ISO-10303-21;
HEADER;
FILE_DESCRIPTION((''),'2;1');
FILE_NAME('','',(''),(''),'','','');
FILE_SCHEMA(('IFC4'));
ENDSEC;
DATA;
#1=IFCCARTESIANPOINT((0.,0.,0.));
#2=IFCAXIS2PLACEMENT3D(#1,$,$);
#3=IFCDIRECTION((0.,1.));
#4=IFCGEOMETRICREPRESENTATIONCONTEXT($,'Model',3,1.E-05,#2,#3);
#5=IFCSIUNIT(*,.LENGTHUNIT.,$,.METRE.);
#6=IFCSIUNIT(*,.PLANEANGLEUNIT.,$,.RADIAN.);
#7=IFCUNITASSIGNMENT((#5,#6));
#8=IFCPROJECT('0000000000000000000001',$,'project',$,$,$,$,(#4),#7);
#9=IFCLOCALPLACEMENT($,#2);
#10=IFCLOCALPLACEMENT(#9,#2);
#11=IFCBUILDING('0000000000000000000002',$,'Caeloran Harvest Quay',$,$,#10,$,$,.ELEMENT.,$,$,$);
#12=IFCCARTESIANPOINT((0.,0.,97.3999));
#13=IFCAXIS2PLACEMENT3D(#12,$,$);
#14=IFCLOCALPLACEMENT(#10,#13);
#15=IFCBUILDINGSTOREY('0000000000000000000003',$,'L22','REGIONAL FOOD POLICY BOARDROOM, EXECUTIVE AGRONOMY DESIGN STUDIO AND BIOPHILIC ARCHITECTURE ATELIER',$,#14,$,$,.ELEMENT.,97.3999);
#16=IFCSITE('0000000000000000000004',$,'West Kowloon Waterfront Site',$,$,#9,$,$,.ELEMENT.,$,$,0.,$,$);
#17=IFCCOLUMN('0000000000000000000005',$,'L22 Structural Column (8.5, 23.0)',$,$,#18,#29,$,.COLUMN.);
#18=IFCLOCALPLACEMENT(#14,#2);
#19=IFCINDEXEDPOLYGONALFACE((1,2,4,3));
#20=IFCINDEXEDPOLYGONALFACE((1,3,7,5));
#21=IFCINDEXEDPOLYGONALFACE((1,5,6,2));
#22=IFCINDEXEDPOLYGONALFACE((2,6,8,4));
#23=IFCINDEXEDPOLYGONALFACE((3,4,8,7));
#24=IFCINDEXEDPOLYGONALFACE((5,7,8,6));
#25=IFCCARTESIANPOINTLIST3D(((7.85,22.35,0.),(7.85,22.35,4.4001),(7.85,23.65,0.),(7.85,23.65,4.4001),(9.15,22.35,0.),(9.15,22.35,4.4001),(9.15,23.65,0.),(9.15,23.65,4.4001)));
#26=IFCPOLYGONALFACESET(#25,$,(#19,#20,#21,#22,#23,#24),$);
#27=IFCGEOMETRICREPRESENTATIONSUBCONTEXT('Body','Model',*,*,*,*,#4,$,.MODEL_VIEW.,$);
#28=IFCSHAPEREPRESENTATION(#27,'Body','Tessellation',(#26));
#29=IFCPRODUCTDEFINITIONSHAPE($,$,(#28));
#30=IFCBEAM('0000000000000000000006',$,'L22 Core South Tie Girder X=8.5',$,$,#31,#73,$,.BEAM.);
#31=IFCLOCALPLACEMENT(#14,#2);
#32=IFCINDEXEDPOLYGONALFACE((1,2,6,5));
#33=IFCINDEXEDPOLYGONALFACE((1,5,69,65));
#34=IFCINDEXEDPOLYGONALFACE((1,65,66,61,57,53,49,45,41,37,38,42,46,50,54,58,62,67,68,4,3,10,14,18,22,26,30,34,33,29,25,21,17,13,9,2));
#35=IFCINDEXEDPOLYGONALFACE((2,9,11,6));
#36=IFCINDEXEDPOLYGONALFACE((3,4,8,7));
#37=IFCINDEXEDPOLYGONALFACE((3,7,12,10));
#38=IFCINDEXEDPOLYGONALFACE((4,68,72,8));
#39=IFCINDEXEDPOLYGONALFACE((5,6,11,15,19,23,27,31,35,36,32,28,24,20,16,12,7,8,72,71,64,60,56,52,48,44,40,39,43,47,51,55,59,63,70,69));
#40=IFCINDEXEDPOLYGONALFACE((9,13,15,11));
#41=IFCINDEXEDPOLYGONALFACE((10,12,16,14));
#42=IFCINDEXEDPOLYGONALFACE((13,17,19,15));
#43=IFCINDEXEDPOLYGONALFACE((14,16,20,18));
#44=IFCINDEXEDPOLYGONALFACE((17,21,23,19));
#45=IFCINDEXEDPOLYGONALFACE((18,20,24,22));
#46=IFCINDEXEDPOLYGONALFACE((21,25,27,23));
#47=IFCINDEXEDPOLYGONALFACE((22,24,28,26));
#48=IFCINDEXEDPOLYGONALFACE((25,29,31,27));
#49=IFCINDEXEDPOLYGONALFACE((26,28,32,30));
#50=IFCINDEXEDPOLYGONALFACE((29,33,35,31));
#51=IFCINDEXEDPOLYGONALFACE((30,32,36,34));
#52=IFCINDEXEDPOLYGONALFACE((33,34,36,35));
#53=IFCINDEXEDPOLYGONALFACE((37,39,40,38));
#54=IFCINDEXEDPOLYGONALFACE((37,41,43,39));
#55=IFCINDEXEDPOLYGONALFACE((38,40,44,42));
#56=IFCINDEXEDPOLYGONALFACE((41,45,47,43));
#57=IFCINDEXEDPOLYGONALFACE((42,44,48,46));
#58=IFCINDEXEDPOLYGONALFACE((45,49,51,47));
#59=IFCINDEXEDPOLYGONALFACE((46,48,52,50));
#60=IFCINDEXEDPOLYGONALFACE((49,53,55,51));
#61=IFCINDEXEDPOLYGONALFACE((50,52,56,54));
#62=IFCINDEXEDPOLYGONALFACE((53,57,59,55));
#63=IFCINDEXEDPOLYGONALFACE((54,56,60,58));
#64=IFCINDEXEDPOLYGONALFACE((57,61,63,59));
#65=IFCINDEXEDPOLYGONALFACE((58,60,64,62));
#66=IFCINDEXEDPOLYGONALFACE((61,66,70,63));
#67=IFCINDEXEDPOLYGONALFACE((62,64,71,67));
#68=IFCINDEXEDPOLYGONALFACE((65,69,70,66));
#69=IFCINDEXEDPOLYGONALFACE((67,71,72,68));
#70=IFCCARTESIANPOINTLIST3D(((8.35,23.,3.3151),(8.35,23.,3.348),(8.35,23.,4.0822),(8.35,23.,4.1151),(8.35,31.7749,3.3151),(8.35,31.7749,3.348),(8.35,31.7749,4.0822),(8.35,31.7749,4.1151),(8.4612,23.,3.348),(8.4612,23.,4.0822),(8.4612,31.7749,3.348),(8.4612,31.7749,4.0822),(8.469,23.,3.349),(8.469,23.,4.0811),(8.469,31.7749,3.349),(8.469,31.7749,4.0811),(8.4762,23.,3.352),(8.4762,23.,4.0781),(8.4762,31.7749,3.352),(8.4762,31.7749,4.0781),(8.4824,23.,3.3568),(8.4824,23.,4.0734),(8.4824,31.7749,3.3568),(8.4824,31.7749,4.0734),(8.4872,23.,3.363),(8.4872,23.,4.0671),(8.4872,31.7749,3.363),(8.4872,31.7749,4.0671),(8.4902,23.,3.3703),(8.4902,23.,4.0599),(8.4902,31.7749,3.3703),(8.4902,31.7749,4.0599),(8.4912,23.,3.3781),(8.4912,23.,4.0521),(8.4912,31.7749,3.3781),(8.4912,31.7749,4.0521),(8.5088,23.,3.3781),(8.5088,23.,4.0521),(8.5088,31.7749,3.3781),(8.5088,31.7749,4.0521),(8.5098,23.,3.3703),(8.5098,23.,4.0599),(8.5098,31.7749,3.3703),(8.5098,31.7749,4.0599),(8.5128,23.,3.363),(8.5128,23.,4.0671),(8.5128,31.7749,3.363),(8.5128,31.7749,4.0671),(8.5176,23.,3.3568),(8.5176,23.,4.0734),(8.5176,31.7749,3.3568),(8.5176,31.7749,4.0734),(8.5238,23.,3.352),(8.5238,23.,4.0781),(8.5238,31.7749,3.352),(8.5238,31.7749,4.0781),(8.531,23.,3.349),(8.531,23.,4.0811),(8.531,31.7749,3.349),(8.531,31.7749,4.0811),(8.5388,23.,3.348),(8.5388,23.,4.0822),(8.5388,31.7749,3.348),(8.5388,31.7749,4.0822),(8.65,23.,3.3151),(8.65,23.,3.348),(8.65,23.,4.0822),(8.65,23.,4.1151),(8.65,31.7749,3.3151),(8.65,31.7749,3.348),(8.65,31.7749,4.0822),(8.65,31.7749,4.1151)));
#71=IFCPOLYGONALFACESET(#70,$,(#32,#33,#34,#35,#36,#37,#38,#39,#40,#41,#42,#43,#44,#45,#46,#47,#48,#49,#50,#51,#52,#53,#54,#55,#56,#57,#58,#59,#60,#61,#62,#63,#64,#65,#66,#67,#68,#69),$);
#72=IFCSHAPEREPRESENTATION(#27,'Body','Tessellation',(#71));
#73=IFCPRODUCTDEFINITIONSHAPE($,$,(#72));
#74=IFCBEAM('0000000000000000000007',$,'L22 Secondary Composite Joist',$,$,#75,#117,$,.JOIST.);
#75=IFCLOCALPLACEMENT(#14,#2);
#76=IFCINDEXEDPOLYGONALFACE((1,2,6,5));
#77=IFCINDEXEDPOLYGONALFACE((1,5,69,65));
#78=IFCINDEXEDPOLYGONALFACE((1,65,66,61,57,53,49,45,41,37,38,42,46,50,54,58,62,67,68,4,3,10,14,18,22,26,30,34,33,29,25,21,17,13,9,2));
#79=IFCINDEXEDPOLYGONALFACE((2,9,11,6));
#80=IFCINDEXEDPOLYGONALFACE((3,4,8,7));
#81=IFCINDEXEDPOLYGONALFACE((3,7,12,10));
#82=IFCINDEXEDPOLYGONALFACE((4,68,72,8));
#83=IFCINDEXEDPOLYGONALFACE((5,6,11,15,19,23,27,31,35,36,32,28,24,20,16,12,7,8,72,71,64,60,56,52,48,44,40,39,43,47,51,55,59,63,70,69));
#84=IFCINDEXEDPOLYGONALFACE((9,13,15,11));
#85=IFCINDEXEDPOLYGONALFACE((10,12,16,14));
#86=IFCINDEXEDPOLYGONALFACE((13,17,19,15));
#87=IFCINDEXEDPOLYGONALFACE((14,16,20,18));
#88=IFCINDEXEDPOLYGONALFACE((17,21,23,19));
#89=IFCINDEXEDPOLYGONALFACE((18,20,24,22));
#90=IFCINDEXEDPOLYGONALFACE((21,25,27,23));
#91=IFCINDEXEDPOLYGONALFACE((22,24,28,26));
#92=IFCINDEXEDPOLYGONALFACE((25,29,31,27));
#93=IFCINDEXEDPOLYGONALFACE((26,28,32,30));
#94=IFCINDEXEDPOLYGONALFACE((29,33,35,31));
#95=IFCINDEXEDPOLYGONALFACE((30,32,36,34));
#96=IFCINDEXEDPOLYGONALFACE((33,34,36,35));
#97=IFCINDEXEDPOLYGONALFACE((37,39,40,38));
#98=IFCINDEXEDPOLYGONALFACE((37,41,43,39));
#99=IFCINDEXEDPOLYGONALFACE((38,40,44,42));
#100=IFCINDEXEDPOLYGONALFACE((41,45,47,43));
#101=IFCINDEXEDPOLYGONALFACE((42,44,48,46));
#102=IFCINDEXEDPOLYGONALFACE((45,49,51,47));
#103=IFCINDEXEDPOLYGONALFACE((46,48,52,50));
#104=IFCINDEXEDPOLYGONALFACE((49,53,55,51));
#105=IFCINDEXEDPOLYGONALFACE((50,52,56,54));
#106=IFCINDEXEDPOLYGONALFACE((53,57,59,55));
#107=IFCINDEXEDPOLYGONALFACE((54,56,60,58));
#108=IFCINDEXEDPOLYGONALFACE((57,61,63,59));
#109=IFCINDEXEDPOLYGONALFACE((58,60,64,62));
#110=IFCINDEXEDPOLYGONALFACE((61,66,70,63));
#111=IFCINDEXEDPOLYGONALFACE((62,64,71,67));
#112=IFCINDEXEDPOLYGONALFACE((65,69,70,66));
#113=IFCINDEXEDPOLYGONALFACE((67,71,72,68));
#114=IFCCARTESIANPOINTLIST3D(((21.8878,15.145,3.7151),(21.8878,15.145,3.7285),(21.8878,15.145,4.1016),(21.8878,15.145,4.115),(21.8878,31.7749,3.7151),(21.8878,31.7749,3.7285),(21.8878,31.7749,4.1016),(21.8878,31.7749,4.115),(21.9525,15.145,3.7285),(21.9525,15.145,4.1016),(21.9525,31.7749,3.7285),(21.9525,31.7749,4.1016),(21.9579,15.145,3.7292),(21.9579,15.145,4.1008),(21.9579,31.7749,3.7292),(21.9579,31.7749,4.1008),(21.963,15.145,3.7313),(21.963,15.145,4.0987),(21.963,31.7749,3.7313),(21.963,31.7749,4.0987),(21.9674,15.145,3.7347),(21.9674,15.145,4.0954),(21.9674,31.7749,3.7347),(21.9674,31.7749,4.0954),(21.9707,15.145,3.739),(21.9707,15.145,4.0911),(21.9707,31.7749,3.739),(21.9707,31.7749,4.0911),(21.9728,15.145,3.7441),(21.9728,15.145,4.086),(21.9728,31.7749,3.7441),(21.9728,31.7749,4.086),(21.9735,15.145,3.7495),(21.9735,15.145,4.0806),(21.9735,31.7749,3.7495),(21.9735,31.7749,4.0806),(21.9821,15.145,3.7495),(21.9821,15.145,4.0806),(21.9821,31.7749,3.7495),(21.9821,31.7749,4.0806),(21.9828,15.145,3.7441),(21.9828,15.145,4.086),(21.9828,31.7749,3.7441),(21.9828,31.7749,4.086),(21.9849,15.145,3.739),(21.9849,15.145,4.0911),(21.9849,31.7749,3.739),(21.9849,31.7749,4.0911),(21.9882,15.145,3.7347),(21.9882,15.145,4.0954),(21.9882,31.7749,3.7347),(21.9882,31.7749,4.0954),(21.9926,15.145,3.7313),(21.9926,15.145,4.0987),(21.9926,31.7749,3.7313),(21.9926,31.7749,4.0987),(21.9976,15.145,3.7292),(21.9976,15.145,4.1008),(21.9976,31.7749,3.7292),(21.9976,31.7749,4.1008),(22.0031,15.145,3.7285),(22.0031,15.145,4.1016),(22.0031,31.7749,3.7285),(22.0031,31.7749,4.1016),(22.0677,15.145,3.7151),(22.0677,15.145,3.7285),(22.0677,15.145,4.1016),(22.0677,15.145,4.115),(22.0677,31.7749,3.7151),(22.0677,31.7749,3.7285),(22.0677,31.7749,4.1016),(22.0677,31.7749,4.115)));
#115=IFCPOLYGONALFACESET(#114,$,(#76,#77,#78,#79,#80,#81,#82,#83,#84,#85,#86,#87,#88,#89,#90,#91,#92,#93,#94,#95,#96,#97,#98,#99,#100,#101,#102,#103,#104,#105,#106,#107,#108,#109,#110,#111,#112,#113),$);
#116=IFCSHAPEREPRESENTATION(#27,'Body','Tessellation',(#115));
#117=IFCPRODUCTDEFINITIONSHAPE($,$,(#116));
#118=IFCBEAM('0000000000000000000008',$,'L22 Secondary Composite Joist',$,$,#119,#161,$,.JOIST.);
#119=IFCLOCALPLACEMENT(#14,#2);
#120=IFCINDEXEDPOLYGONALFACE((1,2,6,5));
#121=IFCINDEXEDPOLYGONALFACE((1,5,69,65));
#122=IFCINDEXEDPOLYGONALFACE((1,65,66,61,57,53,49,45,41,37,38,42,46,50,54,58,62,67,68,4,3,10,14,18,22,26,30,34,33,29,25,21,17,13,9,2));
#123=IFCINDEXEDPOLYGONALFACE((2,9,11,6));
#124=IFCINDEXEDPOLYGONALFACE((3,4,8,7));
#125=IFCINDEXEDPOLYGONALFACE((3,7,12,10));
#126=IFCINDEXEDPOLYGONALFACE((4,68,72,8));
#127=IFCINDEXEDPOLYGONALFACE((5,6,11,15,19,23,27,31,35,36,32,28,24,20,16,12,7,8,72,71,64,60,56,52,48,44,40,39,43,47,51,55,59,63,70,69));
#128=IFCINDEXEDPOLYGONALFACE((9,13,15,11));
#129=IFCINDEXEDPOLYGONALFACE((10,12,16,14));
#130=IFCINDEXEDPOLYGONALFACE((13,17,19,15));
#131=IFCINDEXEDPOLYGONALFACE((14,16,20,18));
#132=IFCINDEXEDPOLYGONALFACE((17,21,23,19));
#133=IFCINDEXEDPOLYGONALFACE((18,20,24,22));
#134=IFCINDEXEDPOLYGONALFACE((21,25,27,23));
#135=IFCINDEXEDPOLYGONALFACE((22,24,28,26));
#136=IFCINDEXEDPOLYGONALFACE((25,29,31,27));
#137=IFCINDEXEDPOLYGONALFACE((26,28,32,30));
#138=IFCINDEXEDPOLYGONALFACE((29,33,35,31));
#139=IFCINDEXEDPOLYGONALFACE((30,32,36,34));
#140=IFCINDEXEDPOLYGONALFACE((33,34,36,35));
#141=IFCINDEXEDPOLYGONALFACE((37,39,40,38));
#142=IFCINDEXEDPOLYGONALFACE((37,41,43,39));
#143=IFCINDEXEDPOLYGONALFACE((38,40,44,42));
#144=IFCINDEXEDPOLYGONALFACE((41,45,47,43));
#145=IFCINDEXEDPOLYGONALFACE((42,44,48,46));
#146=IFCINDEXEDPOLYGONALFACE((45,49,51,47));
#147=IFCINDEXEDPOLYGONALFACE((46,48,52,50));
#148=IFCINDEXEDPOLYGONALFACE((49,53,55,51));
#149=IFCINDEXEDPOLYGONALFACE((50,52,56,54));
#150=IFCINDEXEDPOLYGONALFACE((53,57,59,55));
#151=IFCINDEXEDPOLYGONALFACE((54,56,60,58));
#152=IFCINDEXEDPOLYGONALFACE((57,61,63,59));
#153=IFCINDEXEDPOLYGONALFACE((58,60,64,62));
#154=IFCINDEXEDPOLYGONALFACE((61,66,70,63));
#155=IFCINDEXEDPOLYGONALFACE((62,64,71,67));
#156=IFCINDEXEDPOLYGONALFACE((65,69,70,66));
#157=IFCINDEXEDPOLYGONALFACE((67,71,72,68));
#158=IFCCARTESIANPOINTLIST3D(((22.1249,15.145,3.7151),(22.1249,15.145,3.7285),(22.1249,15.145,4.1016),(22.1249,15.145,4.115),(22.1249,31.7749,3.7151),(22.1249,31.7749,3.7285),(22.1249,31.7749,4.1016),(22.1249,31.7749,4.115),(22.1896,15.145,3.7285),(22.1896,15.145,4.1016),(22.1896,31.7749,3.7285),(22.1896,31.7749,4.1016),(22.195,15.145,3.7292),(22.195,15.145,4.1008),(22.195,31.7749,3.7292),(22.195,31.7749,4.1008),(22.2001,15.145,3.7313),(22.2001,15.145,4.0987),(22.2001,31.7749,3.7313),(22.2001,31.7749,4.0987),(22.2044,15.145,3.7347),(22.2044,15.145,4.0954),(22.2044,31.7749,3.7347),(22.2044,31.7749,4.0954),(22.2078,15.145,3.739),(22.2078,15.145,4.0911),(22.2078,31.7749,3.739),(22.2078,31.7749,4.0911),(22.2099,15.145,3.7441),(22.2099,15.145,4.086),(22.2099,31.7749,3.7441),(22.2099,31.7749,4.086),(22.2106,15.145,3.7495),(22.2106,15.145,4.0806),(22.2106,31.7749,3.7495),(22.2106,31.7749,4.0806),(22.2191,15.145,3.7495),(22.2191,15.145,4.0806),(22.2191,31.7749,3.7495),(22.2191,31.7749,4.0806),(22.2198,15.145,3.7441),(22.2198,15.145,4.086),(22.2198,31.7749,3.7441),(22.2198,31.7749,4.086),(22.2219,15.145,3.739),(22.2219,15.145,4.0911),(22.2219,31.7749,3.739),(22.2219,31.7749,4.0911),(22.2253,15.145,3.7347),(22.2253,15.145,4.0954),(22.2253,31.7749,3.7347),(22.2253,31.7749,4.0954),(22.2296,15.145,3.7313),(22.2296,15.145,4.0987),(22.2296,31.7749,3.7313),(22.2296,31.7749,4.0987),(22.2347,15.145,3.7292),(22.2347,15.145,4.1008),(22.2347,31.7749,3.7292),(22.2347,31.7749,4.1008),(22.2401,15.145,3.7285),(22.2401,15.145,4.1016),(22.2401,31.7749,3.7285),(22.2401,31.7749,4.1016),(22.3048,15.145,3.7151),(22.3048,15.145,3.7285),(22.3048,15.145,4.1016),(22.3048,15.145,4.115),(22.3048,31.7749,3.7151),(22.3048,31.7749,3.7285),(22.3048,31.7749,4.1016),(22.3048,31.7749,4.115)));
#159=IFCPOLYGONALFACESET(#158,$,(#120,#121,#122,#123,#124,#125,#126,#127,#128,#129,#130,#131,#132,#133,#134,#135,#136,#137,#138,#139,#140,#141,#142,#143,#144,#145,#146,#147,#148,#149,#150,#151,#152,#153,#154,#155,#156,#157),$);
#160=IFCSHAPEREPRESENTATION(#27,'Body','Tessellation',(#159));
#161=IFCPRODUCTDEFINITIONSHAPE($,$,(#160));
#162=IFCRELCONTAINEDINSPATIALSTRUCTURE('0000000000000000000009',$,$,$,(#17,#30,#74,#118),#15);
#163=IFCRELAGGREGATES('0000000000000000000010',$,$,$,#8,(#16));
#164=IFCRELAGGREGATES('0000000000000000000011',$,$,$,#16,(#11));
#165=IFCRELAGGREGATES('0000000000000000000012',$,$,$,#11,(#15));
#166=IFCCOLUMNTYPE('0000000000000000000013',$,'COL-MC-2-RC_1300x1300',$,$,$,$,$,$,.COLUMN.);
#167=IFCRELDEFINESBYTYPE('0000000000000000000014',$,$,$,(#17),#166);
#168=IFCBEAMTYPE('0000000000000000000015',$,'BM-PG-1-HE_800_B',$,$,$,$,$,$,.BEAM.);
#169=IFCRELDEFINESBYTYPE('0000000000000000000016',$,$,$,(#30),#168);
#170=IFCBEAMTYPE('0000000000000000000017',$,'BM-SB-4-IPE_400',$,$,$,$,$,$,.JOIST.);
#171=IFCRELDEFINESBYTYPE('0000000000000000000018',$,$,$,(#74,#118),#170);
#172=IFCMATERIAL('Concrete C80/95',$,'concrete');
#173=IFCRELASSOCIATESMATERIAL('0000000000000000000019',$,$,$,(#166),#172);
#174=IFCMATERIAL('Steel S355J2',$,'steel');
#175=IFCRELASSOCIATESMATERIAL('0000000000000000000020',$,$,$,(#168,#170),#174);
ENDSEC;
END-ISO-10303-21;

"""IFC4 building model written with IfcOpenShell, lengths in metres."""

from ifc_helpers import new_model, si_unit, direction, frame, origin, origin_2d, place, context, subcontext, project, spatial, rectangle, i_section, extrude, material, material_profile, profile_set, type_object, element, save


model = new_model("IFC4")

# Units and contexts
model_context = context("Model", 3, precision=1e-05, world=origin(), true_north=direction((0.0, 1.0)))
body_context = subcontext(model_context, "Body", "Model", "MODEL_VIEW")
ifc_project = project(units=[si_unit("LENGTHUNIT", "METRE"), si_unit("PLANEANGLEUNIT", "RADIAN")], contexts=[model_context])

# Site, building, storey
site_placement = place(None, origin())
site = spatial("IfcSite", under=ifc_project, at=site_placement, Name="West Kowloon Waterfront Site", CompositionType="ELEMENT", RefElevation=0.0)
building_placement = place(site_placement, origin())
building = spatial("IfcBuilding", under=site, at=building_placement, Name="Caeloran Harvest Quay", CompositionType="ELEMENT")
storey_placement = place(building_placement, frame((0.0, 0.0, 97.3999)))
storey = spatial("IfcBuildingStorey", under=building, at=storey_placement, Name="L22", Description="REGIONAL FOOD POLICY BOARDROOM, EXECUTIVE AGRONOMY DESIGN STUDIO AND BIOPHILIC ARCHITECTURE ATELIER", CompositionType="ELEMENT", Elevation=97.3999)

# Column
ifc_material_1 = material(Name="Concrete C80/95", Category="concrete")
ifc_material_profile_1 = material_profile(ifc_material_1, rectangle(XDim=1.3, YDim=1.3, at=origin_2d()), Name="RC 1300x1300")
ifc_profile_set_1 = profile_set([ifc_material_profile_1], Name="Concrete C80/95")
column_type = type_object("IfcColumnType", Name="COL-MC-2-RC_1300x1300", PredefinedType="COLUMN", material=ifc_profile_set_1)
column_placement = place(storey_placement, frame((8.5, 23.0, 0.0), z_axis=(0.0, 0.0, 1.0), x_axis=(1.0, 0.0, 0.0)))
element("IfcColumn", 1, at=column_placement, inside=storey, type_object=column_type, Name="L22 Structural Column (8.5, 23.0)", PredefinedType="COLUMN", context=body_context, shape_type="SweptSolid", body=[
    extrude(rectangle(XDim=1.3, YDim=1.3, at=origin_2d()), origin(), (0.0, 0.0, 1.0), 4.4001),
])

# Beams
ifc_material_2 = material(Name="Steel S355J2", Category="steel")
ifc_material_profile_2 = material_profile(ifc_material_2, i_section(OverallWidth=0.3, OverallDepth=0.8, WebThickness=0.0176, FlangeThickness=0.033, FilletRadius=0.03, at=origin_2d()), Name="HE 800 B")
ifc_profile_set_2 = profile_set([ifc_material_profile_2], Name="Steel S355J2")
beam_type_1 = type_object("IfcBeamType", Name="BM-PG-1-HE_800_B", PredefinedType="BEAM", material=ifc_profile_set_2)
beam_placement = place(storey_placement, frame((8.5, 23.0, 3.7151), z_axis=(0.0, 1.0, 0.0), x_axis=(-1.0, 0.0, 0.0)))
element("IfcBeam", 2, at=beam_placement, inside=storey, type_object=beam_type_1, Name="L22 Core South Tie Girder X=8.5", PredefinedType="BEAM", context=body_context, shape_type="SweptSolid", body=[
    extrude(i_section(OverallWidth=0.3, OverallDepth=0.8, WebThickness=0.0176, FlangeThickness=0.033, FilletRadius=0.03, at=origin_2d()), origin(), (0.0, 0.0, 1.0), 8.7749),
])
ifc_material_profile_3 = material_profile(ifc_material_2, i_section(OverallWidth=0.1799, OverallDepth=0.3999, WebThickness=0.0085, FlangeThickness=0.0134, FilletRadius=0.021, at=origin_2d()), Name="IPE 400")
ifc_profile_set_3 = profile_set([ifc_material_profile_3], Name="Steel S355J2")
beam_type_2 = type_object("IfcBeamType", Name="BM-SB-4-IPE_400", PredefinedType="JOIST", material=ifc_profile_set_3)
for number, where, z_axis, x_axis, name in (
    (3, (21.9778, 15.145, 3.915), (0.0, 1.0, 0.0), (-1.0, 0.0, 0.0), "L22 Secondary Composite Joist"),
    (4, (22.2148, 15.145, 3.915), (0.0, 1.0, 0.0), (-1.0, 0.0, 0.0), "L22 Secondary Composite Joist"),
):
    element("IfcBeam", number, at=place(storey_placement, frame(where, z_axis=z_axis, x_axis=x_axis)), inside=storey, type_object=beam_type_2, Name=name, PredefinedType="JOIST", context=body_context, shape_type="SweptSolid", body=[
        extrude(i_section(OverallWidth=0.1799, OverallDepth=0.3999, WebThickness=0.0085, FlangeThickness=0.0134, FilletRadius=0.021, at=origin_2d()), origin(), (0.0, 0.0, 1.0), 16.6299),
    ])

save(model, "model.ifc")
